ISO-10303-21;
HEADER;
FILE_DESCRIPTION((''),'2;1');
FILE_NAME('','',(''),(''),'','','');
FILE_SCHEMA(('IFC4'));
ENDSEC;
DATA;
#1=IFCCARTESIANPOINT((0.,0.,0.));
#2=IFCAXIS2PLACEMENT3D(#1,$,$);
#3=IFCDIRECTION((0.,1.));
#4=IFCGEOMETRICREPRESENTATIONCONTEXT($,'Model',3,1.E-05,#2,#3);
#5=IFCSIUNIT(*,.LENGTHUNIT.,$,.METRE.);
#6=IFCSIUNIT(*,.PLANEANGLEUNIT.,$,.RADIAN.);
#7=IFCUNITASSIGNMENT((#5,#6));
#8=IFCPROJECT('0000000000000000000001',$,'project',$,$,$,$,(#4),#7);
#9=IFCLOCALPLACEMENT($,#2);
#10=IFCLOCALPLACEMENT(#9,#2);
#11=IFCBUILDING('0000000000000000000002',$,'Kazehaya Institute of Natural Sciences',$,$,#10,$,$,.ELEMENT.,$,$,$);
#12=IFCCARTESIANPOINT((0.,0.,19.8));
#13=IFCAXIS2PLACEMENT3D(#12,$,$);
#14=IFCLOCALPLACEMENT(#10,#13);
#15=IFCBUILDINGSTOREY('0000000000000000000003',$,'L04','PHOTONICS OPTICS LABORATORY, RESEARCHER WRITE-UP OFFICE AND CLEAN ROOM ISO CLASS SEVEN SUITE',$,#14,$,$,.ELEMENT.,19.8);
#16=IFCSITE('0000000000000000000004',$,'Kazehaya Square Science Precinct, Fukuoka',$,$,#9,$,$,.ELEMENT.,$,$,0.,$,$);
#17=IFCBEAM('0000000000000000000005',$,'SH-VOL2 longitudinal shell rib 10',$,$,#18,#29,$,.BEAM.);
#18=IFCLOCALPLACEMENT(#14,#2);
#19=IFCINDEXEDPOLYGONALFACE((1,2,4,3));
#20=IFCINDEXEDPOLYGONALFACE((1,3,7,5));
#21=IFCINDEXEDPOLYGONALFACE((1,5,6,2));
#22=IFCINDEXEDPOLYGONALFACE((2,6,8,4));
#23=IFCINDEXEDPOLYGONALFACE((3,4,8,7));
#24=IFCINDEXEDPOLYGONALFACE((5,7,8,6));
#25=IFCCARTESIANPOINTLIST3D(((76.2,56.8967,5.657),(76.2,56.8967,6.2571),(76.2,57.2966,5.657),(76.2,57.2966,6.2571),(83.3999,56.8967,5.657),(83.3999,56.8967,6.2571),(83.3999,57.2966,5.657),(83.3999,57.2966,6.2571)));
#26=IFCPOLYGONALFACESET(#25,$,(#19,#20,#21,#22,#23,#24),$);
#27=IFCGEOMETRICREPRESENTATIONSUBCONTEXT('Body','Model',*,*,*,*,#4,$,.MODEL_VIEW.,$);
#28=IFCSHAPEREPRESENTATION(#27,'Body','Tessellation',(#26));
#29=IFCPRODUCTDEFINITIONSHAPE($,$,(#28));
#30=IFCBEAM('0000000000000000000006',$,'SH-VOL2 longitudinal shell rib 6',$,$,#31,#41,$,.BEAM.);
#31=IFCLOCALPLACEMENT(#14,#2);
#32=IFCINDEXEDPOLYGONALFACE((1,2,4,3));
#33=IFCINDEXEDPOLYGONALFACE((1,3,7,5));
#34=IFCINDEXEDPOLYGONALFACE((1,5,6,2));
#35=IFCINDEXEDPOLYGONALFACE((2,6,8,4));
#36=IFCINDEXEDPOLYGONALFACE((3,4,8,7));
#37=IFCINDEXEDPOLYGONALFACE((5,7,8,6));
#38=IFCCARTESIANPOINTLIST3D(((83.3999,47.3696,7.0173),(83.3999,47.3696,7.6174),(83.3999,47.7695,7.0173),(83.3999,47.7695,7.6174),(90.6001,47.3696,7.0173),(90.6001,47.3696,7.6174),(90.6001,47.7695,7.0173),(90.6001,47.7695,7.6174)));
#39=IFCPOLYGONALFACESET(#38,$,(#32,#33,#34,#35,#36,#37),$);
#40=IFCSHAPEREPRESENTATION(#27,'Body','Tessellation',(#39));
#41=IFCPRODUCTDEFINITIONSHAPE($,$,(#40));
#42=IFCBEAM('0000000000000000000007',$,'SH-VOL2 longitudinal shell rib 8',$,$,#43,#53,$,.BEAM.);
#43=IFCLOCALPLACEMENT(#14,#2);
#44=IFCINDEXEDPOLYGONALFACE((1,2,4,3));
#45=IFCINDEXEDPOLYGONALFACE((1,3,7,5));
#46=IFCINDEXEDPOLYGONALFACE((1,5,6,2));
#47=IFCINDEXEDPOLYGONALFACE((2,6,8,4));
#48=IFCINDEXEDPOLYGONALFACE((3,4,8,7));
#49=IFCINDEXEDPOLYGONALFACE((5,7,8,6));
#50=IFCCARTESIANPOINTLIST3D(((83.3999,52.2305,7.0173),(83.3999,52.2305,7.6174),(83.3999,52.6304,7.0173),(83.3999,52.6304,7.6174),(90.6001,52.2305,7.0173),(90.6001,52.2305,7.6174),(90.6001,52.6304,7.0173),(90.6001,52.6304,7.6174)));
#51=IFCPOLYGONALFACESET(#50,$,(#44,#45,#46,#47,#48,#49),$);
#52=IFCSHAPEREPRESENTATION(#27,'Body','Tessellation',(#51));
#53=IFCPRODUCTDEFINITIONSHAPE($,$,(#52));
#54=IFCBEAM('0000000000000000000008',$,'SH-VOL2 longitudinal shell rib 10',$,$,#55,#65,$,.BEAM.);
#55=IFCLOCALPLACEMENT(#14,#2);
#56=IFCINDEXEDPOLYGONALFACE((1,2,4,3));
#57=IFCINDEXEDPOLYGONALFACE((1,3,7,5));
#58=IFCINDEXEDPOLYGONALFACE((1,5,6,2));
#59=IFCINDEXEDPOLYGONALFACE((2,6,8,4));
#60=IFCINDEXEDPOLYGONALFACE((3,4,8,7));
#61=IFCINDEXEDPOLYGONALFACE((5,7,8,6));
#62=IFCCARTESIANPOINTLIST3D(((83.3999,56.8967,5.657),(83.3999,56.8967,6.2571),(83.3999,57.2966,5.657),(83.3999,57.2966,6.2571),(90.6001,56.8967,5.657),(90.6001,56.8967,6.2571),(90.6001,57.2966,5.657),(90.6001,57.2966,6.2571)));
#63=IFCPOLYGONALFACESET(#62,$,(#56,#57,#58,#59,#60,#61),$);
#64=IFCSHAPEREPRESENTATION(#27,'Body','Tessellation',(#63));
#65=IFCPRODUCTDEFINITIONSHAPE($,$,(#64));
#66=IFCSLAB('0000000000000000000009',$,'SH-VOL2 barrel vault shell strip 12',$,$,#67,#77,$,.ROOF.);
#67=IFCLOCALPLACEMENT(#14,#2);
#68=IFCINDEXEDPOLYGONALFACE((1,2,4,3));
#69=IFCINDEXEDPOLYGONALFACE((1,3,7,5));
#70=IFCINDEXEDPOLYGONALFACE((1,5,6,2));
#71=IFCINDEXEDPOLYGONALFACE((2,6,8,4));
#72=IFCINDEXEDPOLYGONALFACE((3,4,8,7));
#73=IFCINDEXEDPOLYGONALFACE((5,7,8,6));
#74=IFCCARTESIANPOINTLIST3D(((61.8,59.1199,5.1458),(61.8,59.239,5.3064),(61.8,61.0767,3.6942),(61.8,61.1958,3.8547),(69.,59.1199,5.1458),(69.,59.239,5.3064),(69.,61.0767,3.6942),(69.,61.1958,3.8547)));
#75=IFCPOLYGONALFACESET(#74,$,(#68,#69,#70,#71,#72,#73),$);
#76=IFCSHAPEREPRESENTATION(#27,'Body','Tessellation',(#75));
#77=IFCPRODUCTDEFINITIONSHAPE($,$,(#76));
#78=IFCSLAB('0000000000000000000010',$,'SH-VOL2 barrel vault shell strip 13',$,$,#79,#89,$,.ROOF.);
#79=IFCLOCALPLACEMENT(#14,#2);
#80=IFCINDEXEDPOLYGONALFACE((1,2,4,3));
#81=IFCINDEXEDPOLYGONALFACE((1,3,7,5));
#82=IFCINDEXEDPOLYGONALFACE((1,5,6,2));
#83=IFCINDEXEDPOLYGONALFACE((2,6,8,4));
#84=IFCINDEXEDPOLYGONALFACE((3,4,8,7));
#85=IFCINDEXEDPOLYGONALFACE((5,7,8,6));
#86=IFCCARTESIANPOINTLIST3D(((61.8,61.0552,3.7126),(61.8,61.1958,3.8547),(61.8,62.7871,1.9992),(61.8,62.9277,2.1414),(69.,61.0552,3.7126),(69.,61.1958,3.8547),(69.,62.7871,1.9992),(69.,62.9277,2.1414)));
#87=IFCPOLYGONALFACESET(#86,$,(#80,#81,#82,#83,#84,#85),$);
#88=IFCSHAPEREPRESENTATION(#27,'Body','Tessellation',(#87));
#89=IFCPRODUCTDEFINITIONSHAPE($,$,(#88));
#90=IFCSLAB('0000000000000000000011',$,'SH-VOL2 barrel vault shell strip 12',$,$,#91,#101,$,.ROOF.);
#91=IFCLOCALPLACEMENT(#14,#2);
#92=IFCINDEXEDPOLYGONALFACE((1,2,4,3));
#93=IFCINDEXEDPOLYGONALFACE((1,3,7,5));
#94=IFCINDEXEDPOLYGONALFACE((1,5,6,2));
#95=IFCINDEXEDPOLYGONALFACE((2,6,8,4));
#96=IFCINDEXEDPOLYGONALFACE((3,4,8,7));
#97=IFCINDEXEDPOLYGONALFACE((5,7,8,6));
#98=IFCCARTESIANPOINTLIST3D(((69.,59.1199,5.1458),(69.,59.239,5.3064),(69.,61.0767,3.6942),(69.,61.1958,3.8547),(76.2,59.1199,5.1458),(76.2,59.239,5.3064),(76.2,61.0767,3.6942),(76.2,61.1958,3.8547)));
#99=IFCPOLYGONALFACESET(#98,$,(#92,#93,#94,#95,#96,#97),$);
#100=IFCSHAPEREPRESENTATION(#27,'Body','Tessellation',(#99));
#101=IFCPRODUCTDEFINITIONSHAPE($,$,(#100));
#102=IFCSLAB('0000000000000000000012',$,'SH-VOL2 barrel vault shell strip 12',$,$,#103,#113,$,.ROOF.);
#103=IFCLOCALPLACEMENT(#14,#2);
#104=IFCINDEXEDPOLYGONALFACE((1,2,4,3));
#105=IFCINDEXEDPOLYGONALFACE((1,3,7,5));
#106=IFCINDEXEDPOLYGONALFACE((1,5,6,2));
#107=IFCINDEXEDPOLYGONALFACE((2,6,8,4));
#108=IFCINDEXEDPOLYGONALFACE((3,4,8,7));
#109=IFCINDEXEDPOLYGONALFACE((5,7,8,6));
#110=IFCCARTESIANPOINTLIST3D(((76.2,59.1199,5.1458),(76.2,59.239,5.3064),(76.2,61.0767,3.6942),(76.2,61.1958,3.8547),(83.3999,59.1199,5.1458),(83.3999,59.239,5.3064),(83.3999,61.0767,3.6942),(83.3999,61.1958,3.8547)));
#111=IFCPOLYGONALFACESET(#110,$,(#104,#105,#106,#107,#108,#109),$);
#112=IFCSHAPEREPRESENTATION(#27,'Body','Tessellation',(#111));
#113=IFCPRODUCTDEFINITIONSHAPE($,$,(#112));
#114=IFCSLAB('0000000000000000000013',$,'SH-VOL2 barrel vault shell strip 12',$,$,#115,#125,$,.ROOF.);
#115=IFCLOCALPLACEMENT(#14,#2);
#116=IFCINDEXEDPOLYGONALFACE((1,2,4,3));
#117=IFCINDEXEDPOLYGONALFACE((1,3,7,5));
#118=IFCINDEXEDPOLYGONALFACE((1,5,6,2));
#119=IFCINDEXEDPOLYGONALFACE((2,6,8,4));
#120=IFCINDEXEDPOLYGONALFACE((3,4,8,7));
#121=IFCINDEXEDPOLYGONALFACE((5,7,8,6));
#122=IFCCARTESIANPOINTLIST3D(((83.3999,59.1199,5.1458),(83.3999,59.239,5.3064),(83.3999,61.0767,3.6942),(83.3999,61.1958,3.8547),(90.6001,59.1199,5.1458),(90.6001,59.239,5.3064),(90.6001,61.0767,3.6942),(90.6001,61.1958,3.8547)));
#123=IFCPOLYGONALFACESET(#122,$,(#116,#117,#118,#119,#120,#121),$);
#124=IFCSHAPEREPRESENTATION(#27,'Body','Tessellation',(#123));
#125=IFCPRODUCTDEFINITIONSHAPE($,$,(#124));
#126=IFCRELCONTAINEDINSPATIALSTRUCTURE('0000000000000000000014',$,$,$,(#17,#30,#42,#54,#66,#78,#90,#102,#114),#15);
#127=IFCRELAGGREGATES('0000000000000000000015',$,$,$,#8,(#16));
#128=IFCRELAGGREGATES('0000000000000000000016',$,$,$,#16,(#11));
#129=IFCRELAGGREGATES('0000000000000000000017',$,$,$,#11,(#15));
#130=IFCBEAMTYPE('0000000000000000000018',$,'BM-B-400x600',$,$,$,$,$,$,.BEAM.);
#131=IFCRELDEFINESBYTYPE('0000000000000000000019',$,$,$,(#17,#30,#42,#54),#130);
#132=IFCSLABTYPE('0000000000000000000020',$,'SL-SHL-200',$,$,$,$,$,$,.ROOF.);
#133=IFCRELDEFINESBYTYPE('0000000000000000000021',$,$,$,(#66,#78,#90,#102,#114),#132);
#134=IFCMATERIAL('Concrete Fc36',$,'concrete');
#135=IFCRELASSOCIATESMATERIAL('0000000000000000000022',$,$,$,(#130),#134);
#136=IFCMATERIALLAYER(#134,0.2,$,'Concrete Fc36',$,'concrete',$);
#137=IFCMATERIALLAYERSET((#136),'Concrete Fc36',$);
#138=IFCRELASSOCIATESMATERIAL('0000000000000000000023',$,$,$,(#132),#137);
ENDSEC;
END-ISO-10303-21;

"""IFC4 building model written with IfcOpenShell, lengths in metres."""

from ifc_helpers import new_model, si_unit, direction, frame, origin, origin_2d, place, context, subcontext, project, spatial, polyline, rectangle, outline, extrude, material, layer, layer_set, material_profile, profile_set, type_object, element, save


model = new_model("IFC4")

# Units and contexts
model_context = context("Model", 3, precision=1e-05, world=origin(), true_north=direction((0.0, 1.0)))
body_context = subcontext(model_context, "Body", "Model", "MODEL_VIEW")
ifc_project = project(units=[si_unit("LENGTHUNIT", "METRE"), si_unit("PLANEANGLEUNIT", "RADIAN")], contexts=[model_context])

# Site, building, storey
site_placement = place(None, origin())
site = spatial("IfcSite", under=ifc_project, at=site_placement, Name="Kazehaya Square Science Precinct, Fukuoka", CompositionType="ELEMENT", RefElevation=0.0)
building_placement = place(site_placement, origin())
building = spatial("IfcBuilding", under=site, at=building_placement, Name="Kazehaya Institute of Natural Sciences", CompositionType="ELEMENT")
storey_placement = place(building_placement, frame((0.0, 0.0, 19.8)))
storey = spatial("IfcBuildingStorey", under=building, at=storey_placement, Name="L04", Description="PHOTONICS OPTICS LABORATORY, RESEARCHER WRITE-UP OFFICE AND CLEAN ROOM ISO CLASS SEVEN SUITE", CompositionType="ELEMENT", Elevation=19.8)

# Beams
ifc_material = material(Name="Concrete Fc36", Category="concrete")
ifc_material_profile_1 = material_profile(ifc_material, rectangle(XDim=0.3999, YDim=0.6001, at=origin_2d()), Name="RC-400x600")
ifc_profile_set_1 = profile_set([ifc_material_profile_1], Name="Concrete Fc36")
beam_type_1 = type_object("IfcBeamType", Name="BM-B-400x600", PredefinedType="BEAM", material=ifc_profile_set_1)
for number, where, z_axis, x_axis, name in (
    (1, (76.2, 57.0967, 5.957), (1.0, 0.0, 0.0), (0.0, 1.0, 0.0), "SH-VOL2 longitudinal shell rib 10"),
):
    element("IfcBeam", number, at=place(storey_placement, frame(where, z_axis=z_axis, x_axis=x_axis)), inside=storey, type_object=beam_type_1, Name=name, PredefinedType="BEAM", context=body_context, shape_type="SweptSolid", body=[
        extrude(rectangle(XDim=0.3999, YDim=0.6001, at=origin_2d()), origin(), (0.0, 0.0, 1.0), 7.2),
    ])
for number, where, z_axis, x_axis, name in (
    (2, (83.3999, 47.5696, 7.3174), (1.0, 0.0, 0.0), (0.0, 1.0, 0.0), "SH-VOL2 longitudinal shell rib 6"),
    (3, (83.3999, 52.4304, 7.3174), (1.0, 0.0, 0.0), (0.0, 1.0, 0.0), "SH-VOL2 longitudinal shell rib 8"),
    (4, (83.3999, 57.0967, 5.957), (1.0, 0.0, 0.0), (0.0, 1.0, 0.0), "SH-VOL2 longitudinal shell rib 10"),
):
    element("IfcBeam", number, at=place(storey_placement, frame(where, z_axis=z_axis, x_axis=x_axis)), inside=storey, type_object=beam_type_1, Name=name, PredefinedType="BEAM", context=body_context, shape_type="SweptSolid", body=[
        extrude(rectangle(XDim=0.3999, YDim=0.6001, at=origin_2d()), origin(), (0.0, 0.0, 1.0), 7.2002),
    ])

# Slabs
ifc_layer = layer(ifc_material, 0.2, Name="Concrete Fc36", Category="concrete")
ifc_layer_set = layer_set([ifc_layer], Name="Concrete Fc36")
slab_type = type_object("IfcSlabType", Name="SL-SHL-200", PredefinedType="ROOF", material=ifc_layer_set)
slab_1_placement = place(storey_placement, frame((61.8, 59.239, 5.3064), z_axis=(0.0, 0.595807, 0.803127), x_axis=(1.0, 0.0, 0.0)))
element("IfcSlab", 5, at=slab_1_placement, inside=storey, type_object=slab_type, Name="SH-VOL2 barrel vault shell strip 12", PredefinedType="ROOF", context=body_context, shape_type="SweptSolid", body=[
    extrude(outline(polyline([(0.0, 0.0), (7.2, 0.0), (7.2, 2.4365), (0.0, 2.4365), (0.0, 0.0)])), origin(), (0.0, 0.0, -1.0), 0.2),
])
slab_2_placement = place(storey_placement, frame((61.8, 61.1958, 3.8547), z_axis=(0.0, 0.703288, 0.710905), x_axis=(1.0, 0.0, 0.0)))
element("IfcSlab", 6, at=slab_2_placement, inside=storey, type_object=slab_type, Name="SH-VOL2 barrel vault shell strip 13", PredefinedType="ROOF", context=body_context, shape_type="SweptSolid", body=[
    extrude(outline(polyline([(0.0, 0.0), (7.2, 0.0), (7.2, 2.4362), (0.0, 2.4362), (0.0, 0.0)])), origin(), (0.0, 0.0, -1.0), 0.2),
])
for number, where, z_axis, x_axis, name in (
    (7, (69.0, 59.239, 5.3064), (0.0, 0.595807, 0.803127), (1.0, 0.0, 0.0), "SH-VOL2 barrel vault shell strip 12"),
    (8, (76.2, 59.239, 5.3064), (0.0, 0.595807, 0.803127), (1.0, 0.0, 0.0), "SH-VOL2 barrel vault shell strip 12"),
):
    element("IfcSlab", number, at=place(storey_placement, frame(where, z_axis=z_axis, x_axis=x_axis)), inside=storey, type_object=slab_type, Name=name, PredefinedType="ROOF", context=body_context, shape_type="SweptSolid", body=[
        extrude(outline(polyline([(0.0, 0.0), (7.2, 0.0), (7.2, 2.4365), (0.0, 2.4365), (0.0, 0.0)])), origin(), (0.0, 0.0, -1.0), 0.2),
    ])
slab_3_placement = place(storey_placement, frame((83.3999, 59.239, 5.3064), z_axis=(0.0, 0.595807, 0.803127), x_axis=(1.0, 0.0, 0.0)))
element("IfcSlab", 9, at=slab_3_placement, inside=storey, type_object=slab_type, Name="SH-VOL2 barrel vault shell strip 12", PredefinedType="ROOF", context=body_context, shape_type="SweptSolid", body=[
    extrude(outline(polyline([(0.0, 0.0), (7.2002, 0.0), (7.2002, 2.4365), (0.0, 2.4365), (0.0, 0.0)])), origin(), (0.0, 0.0, -1.0), 0.2),
])

save(model, "model.ifc")
